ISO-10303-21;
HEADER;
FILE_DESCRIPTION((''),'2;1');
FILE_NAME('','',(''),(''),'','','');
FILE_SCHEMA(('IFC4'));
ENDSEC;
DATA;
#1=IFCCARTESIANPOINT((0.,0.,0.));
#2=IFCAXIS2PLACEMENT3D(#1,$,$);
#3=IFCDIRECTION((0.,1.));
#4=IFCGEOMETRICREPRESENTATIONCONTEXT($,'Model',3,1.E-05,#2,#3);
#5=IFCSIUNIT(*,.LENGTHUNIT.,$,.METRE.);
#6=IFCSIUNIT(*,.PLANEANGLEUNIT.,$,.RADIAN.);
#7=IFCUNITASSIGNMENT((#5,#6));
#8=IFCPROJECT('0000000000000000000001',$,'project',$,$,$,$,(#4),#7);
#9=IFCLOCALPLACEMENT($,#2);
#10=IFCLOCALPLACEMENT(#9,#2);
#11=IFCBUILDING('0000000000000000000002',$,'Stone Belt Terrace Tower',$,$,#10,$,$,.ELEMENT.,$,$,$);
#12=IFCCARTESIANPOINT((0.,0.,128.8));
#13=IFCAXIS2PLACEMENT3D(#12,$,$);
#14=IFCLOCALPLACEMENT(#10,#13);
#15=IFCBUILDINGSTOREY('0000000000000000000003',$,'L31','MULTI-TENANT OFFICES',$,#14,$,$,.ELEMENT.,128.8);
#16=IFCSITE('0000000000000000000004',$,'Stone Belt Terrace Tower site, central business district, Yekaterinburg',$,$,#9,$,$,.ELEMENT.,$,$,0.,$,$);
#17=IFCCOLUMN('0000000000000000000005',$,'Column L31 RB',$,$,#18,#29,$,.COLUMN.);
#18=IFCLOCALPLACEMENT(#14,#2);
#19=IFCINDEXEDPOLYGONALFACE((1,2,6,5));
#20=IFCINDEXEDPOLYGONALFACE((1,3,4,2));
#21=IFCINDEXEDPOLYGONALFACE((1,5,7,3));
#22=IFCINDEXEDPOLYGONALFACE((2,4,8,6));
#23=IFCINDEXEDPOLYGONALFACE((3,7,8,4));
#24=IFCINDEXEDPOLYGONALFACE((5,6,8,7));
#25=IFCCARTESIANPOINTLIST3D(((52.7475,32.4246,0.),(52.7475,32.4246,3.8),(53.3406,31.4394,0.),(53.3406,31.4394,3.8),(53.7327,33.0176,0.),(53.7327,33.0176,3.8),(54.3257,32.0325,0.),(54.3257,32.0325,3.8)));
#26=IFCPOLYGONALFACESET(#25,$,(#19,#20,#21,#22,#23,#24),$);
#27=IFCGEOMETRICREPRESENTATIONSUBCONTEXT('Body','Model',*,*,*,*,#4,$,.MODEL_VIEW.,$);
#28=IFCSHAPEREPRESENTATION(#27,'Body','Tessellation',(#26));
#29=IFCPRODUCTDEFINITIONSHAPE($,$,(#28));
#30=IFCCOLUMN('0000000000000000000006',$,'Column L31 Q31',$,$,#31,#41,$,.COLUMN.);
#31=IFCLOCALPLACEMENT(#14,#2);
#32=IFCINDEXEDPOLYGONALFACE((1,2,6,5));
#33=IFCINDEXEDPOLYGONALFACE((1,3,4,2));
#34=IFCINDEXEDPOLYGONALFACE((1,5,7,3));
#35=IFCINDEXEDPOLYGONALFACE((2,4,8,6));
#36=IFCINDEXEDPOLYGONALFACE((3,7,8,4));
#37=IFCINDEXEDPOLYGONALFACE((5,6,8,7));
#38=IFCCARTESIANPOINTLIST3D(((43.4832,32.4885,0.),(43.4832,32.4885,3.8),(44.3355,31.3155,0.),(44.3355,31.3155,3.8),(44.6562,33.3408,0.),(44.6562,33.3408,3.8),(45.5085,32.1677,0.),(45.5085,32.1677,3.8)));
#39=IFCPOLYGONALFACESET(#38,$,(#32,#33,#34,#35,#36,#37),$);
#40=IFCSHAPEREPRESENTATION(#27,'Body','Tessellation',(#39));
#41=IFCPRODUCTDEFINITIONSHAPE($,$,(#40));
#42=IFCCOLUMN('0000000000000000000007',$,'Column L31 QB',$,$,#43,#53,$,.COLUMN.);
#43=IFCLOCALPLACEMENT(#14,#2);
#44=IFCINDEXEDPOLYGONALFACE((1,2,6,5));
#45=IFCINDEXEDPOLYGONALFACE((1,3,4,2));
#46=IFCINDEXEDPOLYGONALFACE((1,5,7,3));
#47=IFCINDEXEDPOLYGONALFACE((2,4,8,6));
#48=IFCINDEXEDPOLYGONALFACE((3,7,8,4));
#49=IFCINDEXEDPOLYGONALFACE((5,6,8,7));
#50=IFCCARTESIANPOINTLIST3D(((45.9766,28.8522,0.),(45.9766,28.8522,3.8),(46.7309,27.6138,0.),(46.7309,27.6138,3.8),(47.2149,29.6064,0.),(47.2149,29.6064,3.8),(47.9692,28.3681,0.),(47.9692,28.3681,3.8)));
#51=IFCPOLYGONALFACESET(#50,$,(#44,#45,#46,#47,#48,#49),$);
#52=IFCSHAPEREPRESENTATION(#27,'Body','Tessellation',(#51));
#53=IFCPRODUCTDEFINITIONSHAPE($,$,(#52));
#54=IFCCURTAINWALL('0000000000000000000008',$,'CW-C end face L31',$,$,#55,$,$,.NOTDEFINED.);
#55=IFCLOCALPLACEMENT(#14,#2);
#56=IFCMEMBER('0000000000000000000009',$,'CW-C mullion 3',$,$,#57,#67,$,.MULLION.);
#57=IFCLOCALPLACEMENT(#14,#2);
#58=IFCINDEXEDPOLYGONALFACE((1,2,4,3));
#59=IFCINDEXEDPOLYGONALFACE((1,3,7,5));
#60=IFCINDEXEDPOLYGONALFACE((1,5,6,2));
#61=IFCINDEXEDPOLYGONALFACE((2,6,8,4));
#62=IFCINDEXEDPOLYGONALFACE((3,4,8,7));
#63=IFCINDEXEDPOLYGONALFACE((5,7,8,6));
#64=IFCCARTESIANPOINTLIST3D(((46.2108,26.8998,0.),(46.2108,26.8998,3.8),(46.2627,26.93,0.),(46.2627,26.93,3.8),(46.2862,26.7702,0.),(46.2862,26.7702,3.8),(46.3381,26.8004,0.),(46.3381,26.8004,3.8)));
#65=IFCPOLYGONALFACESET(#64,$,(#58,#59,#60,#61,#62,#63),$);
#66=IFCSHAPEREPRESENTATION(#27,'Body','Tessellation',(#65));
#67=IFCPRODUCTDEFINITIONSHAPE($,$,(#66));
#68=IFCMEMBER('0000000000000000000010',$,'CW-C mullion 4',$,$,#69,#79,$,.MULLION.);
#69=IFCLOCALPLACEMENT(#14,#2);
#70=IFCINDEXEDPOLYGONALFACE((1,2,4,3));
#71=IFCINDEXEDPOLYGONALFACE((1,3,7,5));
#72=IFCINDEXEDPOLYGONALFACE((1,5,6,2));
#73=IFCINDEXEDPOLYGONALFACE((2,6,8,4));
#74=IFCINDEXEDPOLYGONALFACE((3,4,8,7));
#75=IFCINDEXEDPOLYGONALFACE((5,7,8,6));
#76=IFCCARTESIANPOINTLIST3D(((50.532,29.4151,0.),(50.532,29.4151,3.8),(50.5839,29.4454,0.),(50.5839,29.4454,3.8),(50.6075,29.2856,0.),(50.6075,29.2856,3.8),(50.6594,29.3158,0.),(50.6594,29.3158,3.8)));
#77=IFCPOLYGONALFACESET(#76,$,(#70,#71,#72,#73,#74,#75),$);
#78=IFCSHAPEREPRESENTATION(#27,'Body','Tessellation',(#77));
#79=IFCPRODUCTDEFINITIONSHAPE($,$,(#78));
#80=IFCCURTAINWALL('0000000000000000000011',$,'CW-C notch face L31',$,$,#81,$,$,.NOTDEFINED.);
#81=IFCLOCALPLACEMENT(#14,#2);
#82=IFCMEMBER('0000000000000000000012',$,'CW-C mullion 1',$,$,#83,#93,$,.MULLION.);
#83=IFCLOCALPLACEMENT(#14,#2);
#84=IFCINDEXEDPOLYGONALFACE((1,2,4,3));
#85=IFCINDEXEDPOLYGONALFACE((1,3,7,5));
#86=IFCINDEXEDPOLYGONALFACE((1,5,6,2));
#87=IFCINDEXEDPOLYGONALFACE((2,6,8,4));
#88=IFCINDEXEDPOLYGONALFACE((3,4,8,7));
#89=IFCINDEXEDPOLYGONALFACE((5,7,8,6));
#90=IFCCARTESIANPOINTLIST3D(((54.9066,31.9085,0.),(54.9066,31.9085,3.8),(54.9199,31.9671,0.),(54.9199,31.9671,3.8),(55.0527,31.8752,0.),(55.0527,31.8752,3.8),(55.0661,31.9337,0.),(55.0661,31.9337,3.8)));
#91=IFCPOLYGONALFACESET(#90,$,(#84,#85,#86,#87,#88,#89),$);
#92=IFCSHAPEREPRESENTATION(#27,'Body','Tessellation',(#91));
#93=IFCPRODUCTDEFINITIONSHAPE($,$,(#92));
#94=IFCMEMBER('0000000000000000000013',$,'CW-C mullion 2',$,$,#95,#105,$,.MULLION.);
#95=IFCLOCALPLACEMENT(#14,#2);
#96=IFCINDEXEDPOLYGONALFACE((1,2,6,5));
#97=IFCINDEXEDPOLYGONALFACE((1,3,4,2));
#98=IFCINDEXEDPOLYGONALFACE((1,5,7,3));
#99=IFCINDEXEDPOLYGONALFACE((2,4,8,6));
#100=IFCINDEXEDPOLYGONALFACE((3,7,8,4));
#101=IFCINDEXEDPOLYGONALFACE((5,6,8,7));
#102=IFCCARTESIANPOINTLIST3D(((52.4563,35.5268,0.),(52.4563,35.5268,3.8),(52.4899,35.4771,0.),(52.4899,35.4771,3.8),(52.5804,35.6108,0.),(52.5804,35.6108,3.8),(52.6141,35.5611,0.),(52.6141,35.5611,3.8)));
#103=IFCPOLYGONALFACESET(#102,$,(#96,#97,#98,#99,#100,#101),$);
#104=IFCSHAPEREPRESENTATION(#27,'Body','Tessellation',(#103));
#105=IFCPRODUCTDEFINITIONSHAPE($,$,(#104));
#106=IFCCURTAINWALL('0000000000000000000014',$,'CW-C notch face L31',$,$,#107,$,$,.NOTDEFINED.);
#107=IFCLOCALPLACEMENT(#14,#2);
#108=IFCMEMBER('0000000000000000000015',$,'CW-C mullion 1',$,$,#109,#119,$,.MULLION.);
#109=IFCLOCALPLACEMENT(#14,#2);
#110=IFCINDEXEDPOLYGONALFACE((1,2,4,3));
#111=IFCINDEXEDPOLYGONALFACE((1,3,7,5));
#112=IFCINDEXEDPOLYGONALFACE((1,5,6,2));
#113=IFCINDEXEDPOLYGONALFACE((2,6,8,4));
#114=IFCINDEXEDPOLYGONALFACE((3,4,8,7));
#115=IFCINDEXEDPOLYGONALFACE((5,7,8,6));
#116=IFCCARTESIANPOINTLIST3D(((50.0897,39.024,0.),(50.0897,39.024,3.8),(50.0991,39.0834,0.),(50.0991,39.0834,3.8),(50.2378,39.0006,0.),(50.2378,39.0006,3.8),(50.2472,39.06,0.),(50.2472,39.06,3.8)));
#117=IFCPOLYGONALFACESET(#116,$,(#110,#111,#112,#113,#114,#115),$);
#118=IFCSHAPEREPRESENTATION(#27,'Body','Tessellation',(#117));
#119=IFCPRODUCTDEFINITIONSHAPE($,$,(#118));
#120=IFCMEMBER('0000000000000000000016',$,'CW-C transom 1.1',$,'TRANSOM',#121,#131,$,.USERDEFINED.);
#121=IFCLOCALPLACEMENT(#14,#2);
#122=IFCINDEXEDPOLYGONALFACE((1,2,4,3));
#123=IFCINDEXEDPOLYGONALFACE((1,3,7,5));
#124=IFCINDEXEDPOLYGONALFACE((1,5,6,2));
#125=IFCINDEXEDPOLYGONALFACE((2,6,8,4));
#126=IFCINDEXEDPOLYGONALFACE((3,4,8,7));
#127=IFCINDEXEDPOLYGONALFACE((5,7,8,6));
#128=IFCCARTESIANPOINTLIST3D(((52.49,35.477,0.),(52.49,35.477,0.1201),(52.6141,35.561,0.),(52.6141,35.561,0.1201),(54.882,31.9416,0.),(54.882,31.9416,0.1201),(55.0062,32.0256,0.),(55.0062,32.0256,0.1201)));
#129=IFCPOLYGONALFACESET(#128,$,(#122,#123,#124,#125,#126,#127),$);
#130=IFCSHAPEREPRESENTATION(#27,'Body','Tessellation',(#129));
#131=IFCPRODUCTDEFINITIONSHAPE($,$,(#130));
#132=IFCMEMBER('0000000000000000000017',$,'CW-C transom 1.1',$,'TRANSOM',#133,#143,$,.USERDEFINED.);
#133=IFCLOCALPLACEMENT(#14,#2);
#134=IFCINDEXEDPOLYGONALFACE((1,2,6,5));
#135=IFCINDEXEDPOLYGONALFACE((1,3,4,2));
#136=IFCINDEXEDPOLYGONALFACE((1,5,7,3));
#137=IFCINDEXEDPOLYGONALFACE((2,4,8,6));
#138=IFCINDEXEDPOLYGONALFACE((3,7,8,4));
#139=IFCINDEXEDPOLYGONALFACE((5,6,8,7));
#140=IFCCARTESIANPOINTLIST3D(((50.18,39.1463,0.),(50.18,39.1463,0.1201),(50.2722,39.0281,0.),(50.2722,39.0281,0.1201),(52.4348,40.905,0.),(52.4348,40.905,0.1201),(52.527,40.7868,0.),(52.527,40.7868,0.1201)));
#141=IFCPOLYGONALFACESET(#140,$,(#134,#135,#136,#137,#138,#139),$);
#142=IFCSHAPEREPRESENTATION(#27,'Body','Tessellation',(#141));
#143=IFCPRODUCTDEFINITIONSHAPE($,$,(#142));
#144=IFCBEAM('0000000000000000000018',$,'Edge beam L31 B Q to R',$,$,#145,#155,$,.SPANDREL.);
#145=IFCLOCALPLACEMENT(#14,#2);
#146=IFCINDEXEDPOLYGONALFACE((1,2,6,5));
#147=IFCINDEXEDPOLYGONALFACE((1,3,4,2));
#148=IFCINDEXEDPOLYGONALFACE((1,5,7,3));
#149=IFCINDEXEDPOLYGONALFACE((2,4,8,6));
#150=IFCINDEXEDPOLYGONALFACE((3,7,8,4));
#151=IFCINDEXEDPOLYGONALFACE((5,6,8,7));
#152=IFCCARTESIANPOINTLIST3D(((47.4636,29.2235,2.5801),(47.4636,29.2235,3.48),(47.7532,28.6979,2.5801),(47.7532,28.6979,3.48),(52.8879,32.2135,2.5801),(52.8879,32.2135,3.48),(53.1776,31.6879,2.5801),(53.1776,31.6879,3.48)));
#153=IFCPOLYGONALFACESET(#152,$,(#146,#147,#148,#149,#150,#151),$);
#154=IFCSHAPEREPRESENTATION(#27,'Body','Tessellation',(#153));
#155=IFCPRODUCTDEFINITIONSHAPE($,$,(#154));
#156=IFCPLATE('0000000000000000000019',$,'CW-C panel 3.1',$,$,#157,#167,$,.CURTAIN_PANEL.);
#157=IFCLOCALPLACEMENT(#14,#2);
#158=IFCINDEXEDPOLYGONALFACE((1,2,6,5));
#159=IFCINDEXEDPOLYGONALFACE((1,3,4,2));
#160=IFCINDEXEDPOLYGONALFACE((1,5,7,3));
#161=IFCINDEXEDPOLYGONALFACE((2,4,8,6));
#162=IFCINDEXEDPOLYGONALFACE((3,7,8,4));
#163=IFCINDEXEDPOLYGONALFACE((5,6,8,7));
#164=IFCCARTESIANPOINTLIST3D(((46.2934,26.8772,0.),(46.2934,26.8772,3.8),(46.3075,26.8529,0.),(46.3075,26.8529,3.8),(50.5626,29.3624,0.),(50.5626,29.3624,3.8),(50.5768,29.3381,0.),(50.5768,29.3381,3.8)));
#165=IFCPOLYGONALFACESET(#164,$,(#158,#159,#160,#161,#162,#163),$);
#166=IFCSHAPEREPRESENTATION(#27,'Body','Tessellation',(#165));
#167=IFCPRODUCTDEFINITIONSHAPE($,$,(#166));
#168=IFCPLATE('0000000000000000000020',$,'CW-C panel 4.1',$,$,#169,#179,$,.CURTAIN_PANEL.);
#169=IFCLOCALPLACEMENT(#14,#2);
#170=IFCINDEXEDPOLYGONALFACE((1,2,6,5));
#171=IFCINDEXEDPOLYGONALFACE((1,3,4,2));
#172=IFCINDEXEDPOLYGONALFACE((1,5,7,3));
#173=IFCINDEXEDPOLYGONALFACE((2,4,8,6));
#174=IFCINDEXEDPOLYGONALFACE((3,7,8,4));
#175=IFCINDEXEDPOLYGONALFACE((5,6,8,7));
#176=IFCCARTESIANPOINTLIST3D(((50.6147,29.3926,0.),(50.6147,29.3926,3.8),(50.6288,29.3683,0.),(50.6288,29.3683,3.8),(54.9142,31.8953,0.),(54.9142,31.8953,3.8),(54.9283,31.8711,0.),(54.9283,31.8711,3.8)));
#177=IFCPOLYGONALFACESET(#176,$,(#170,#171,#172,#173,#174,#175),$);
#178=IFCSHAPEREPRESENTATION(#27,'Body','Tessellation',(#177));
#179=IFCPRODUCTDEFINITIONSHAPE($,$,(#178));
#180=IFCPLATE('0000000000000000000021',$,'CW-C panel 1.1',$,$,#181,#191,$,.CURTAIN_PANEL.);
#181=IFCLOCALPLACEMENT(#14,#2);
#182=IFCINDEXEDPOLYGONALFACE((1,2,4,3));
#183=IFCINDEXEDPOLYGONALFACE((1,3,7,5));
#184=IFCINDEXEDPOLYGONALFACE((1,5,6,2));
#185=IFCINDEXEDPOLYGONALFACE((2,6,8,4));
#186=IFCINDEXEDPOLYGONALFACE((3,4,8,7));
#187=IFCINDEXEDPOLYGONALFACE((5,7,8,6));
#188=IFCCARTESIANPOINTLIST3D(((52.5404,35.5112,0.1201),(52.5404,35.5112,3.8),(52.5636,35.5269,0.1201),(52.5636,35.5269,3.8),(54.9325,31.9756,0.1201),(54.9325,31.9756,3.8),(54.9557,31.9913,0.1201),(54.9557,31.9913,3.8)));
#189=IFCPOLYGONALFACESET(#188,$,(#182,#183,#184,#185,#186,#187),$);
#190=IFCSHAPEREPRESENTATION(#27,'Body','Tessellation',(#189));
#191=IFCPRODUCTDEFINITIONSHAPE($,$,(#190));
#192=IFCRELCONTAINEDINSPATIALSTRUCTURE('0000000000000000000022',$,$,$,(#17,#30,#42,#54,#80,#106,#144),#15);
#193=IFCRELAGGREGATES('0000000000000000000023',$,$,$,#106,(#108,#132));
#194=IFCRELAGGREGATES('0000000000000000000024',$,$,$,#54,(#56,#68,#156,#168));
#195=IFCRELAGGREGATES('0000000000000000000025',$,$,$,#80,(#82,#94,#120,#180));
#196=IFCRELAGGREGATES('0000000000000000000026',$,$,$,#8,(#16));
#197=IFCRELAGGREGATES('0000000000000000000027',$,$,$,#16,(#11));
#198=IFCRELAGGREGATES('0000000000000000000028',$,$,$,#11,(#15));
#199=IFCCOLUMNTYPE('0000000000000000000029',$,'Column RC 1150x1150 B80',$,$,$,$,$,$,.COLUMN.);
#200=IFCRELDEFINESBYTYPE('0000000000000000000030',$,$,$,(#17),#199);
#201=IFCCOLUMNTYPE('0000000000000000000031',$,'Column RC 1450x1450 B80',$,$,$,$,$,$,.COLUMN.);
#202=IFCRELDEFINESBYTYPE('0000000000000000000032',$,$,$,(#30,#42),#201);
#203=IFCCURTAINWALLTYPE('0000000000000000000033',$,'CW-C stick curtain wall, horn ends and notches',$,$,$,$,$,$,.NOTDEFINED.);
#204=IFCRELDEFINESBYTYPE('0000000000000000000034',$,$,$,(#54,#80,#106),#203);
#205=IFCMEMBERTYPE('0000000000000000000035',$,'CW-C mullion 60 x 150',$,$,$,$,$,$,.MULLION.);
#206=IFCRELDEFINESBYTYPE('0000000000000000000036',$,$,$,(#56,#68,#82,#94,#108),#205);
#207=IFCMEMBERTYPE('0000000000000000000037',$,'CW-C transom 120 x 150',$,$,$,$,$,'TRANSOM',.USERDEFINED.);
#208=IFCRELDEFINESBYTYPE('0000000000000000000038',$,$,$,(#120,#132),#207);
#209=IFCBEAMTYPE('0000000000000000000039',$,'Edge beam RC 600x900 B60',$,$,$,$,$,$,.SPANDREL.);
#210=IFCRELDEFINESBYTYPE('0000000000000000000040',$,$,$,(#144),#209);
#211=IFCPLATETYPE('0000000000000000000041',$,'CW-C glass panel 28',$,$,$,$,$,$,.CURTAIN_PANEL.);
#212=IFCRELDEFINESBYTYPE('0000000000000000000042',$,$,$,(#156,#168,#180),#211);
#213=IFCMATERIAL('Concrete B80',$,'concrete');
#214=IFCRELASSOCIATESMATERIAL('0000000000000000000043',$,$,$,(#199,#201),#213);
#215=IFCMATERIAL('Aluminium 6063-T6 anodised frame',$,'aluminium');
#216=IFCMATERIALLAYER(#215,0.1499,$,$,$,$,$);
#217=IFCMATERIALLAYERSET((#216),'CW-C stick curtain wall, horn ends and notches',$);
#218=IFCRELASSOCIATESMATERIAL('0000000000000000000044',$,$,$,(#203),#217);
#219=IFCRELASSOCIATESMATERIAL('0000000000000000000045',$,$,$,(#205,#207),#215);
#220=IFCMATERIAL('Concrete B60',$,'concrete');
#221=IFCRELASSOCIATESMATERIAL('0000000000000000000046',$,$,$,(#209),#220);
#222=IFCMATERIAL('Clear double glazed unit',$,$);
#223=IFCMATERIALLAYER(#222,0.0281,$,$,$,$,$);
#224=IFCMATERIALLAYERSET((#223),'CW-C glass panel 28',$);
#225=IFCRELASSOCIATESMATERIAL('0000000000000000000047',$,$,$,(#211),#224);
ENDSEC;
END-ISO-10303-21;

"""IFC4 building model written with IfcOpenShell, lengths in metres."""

from ifc_helpers import new_model, si_unit, direction, frame, origin, origin_2d, place, context, subcontext, project, spatial, rectangle, extrude, material, layer, layer_set, material_profile, profile_set, type_object, element, aggregate, save


model = new_model("IFC4")

# Units and contexts
model_context = context("Model", 3, precision=1e-05, world=origin(), true_north=direction((0.0, 1.0)))
body_context = subcontext(model_context, "Body", "Model", "MODEL_VIEW")
ifc_project = project(units=[si_unit("LENGTHUNIT", "METRE"), si_unit("PLANEANGLEUNIT", "RADIAN")], contexts=[model_context])

# Site, building, storey
site_placement = place(None, origin())
site = spatial("IfcSite", under=ifc_project, at=site_placement, Name="Stone Belt Terrace Tower site, central business district, Yekaterinburg", CompositionType="ELEMENT", RefElevation=0.0)
building_placement = place(site_placement, origin())
building = spatial("IfcBuilding", under=site, at=building_placement, Name="Stone Belt Terrace Tower", CompositionType="ELEMENT")
storey_placement = place(building_placement, frame((0.0, 0.0, 128.8)))
storey = spatial("IfcBuildingStorey", under=building, at=storey_placement, Name="L31", Description="MULTI-TENANT OFFICES", CompositionType="ELEMENT", Elevation=128.8)

# Columns
ifc_material_1 = material(Name="Concrete B80", Category="concrete")
ifc_material_profile_1 = material_profile(ifc_material_1, rectangle(XDim=1.1499, YDim=1.1499, at=origin_2d()), Name="RC 1150x1150")
ifc_profile_set_1 = profile_set([ifc_material_profile_1], Name="Concrete B80")
column_type_1 = type_object("IfcColumnType", Name="Column RC 1150x1150 B80", PredefinedType="COLUMN", material=ifc_profile_set_1)
column_placement = place(storey_placement, frame((53.5366, 32.2285, 0.0), z_axis=(0.0, 0.0, 1.0), x_axis=(0.51575, -0.856739, 0.0)))
element("IfcColumn", 1, at=column_placement, inside=storey, type_object=column_type_1, Name="Column L31 RB", PredefinedType="COLUMN", context=body_context, shape_type="SweptSolid", body=[
    extrude(rectangle(XDim=1.1499, YDim=1.1499, at=origin_2d()), origin(), (0.0, 0.0, 1.0), 3.8),
])
ifc_material_profile_2 = material_profile(ifc_material_1, rectangle(XDim=1.45, YDim=1.45, at=origin_2d()), Name="RC 1450x1450")
ifc_profile_set_2 = profile_set([ifc_material_profile_2], Name="Concrete B80")
column_type_2 = type_object("IfcColumnType", Name="Column RC 1450x1450 B80", PredefinedType="COLUMN", material=ifc_profile_set_2)
for number, where, z_axis, x_axis, name in (
    (2, (44.4958, 32.3281, 0.0), (0.0, 0.0, 1.0), (0.587785, -0.809017, 0.0), "Column L31 Q31"),
    (3, (46.9729, 28.6101, 0.0), (0.0, 0.0, 1.0), (0.520186, -0.854053, 0.0), "Column L31 QB"),
):
    element("IfcColumn", number, at=place(storey_placement, frame(where, z_axis=z_axis, x_axis=x_axis)), inside=storey, type_object=column_type_2, Name=name, PredefinedType="COLUMN", context=body_context, shape_type="SweptSolid", body=[
        extrude(rectangle(XDim=1.45, YDim=1.45, at=origin_2d()), origin(), (0.0, 0.0, 1.0), 3.8),
    ])

# Curtain walls, members
ifc_material_2 = material(Name="Aluminium 6063-T6 anodised frame", Category="aluminium")
ifc_layer_1 = layer(ifc_material_2, 0.1499)
ifc_layer_set_1 = layer_set([ifc_layer_1], Name="CW-C stick curtain wall, horn ends and notches")
curtain_wall_type = type_object("IfcCurtainWallType", Name="CW-C stick curtain wall, horn ends and notches", PredefinedType="NOTDEFINED", material=ifc_layer_set_1)
curtain_wall_1_placement = place(storey_placement, origin())
curtain_wall_1 = element("IfcCurtainWall", 4, at=curtain_wall_1_placement, inside=storey, type_object=curtain_wall_type, Name="CW-C end face L31", PredefinedType="NOTDEFINED")
ifc_material_profile_3 = material_profile(ifc_material_2, rectangle(XDim=0.1499, YDim=0.0601, at=origin_2d()), Name="Aluminium 6063-T6 60x150")
ifc_profile_set_3 = profile_set([ifc_material_profile_3], Name="Aluminium 6063-T6 anodised frame")
member_type_1 = type_object("IfcMemberType", Name="CW-C mullion 60 x 150", PredefinedType="MULLION", material=ifc_profile_set_3)
member_1_placement = place(storey_placement, frame((46.2744, 26.8501, 0.0), z_axis=(0.0, 0.0, 1.0), x_axis=(-0.503081, 0.864239, 0.0)))
member_1 = element("IfcMember", 5, at=member_1_placement, type_object=member_type_1, Name="CW-C mullion 3", PredefinedType="MULLION", context=body_context, shape_type="SweptSolid", body=[
    extrude(rectangle(XDim=0.1499, YDim=0.0601, at=origin_2d()), origin(), (0.0, 0.0, 1.0), 3.8),
])
member_2_placement = place(storey_placement, frame((50.5957, 29.3655, 0.0), z_axis=(0.0, 0.0, 1.0), x_axis=(-0.503081, 0.864239, 0.0)))
member_2 = element("IfcMember", 6, at=member_2_placement, type_object=member_type_1, Name="CW-C mullion 4", PredefinedType="MULLION", context=body_context, shape_type="SweptSolid", body=[
    extrude(rectangle(XDim=0.1499, YDim=0.0601, at=origin_2d()), origin(), (0.0, 0.0, 1.0), 3.8),
])
curtain_wall_2_placement = place(storey_placement, origin())
curtain_wall_2 = element("IfcCurtainWall", 7, at=curtain_wall_2_placement, inside=storey, type_object=curtain_wall_type, Name="CW-C notch face L31", PredefinedType="NOTDEFINED")
member_3_placement = place(storey_placement, frame((54.9863, 31.9211, 0.0), z_axis=(0.0, 0.0, 1.0), x_axis=(-0.974927, 0.222525, 0.0)))
member_3 = element("IfcMember", 8, at=member_3_placement, type_object=member_type_1, Name="CW-C mullion 1", PredefinedType="MULLION", context=body_context, shape_type="SweptSolid", body=[
    extrude(rectangle(XDim=0.1499, YDim=0.0601, at=origin_2d()), origin(), (0.0, 0.0, 1.0), 3.8),
])
member_4_placement = place(storey_placement, frame((52.5352, 35.5439, 0.0), z_axis=(0.0, 0.0, 1.0), x_axis=(-0.828244, -0.560367, 0.0)))
member_4 = element("IfcMember", 9, at=member_4_placement, type_object=member_type_1, Name="CW-C mullion 2", PredefinedType="MULLION", context=body_context, shape_type="SweptSolid", body=[
    extrude(rectangle(XDim=0.1499, YDim=0.0601, at=origin_2d()), origin(), (0.0, 0.0, 1.0), 3.8),
])

# Curtain wall, member
curtain_wall_3_placement = place(storey_placement, origin())
curtain_wall_3 = element("IfcCurtainWall", 10, at=curtain_wall_3_placement, inside=storey, type_object=curtain_wall_type, Name="CW-C notch face L31", PredefinedType="NOTDEFINED")
member_5_placement = place(storey_placement, frame((50.1685, 39.042, 0.0), z_axis=(0.0, 0.0, 1.0), x_axis=(-0.987742, 0.156094, 0.0)))
member_5 = element("IfcMember", 11, at=member_5_placement, type_object=member_type_1, Name="CW-C mullion 1", PredefinedType="MULLION", context=body_context, shape_type="SweptSolid", body=[
    extrude(rectangle(XDim=0.1499, YDim=0.0601, at=origin_2d()), origin(), (0.0, 0.0, 1.0), 3.8),
])

# Members
ifc_material_profile_4 = material_profile(ifc_material_2, rectangle(XDim=0.1499, YDim=0.1201, at=origin_2d()), Name="Aluminium 6063-T6 150x120")
ifc_profile_set_4 = profile_set([ifc_material_profile_4], Name="Aluminium 6063-T6 anodised frame")
member_type_2 = type_object("IfcMemberType", Name="CW-C transom 120 x 150", ElementType="TRANSOM", PredefinedType="USERDEFINED", material=ifc_profile_set_4)
member_6_placement = place(storey_placement, frame((54.9441, 31.9836, 0.0601), z_axis=(-0.560389, 0.82823, 0.0), x_axis=(-0.82823, -0.560389, 0.0)))
member_6 = element("IfcMember", 12, at=member_6_placement, type_object=member_type_2, Name="CW-C transom 1.1", ObjectType="TRANSOM", PredefinedType="USERDEFINED", context=body_context, shape_type="SweptSolid", body=[
    extrude(rectangle(XDim=0.1499, YDim=0.1201, at=origin_2d()), origin(), (0.0, 0.0, 1.0), 4.2686),
])
member_7_placement = place(storey_placement, frame((50.2261, 39.0872, 0.0601), z_axis=(0.788506, 0.615028, 0.0), x_axis=(-0.615028, 0.788506, 0.0)))
member_7 = element("IfcMember", 13, at=member_7_placement, type_object=member_type_2, Name="CW-C transom 1.1", ObjectType="TRANSOM", PredefinedType="USERDEFINED", context=body_context, shape_type="SweptSolid", body=[
    extrude(rectangle(XDim=0.1499, YDim=0.1201, at=origin_2d()), origin(), (0.0, 0.0, 1.0), 2.8596),
])
aggregate(curtain_wall_3, [member_5, member_7])

# Beam
ifc_material_3 = material(Name="Concrete B60", Category="concrete")
ifc_material_profile_5 = material_profile(ifc_material_3, rectangle(XDim=0.6001, YDim=0.8999, at=origin_2d()), Name="RC 600x900")
ifc_profile_set_5 = profile_set([ifc_material_profile_5], Name="Concrete B60")
beam_type = type_object("IfcBeamType", Name="Edge beam RC 600x900 B60", PredefinedType="SPANDREL", material=ifc_profile_set_5)
beam_placement = place(storey_placement, frame((47.6084, 28.9607, 3.03), z_axis=(0.875764, 0.482739, 0.0), x_axis=(-0.482739, 0.875764, 0.0)))
element("IfcBeam", 14, at=beam_placement, inside=storey, type_object=beam_type, Name="Edge beam L31 B Q to R", PredefinedType="SPANDREL", context=body_context, shape_type="SweptSolid", body=[
    extrude(rectangle(XDim=0.6001, YDim=0.8999, at=origin_2d()), origin(), (0.0, 0.0, 1.0), 6.1938),
])

# Plates
ifc_material_4 = material(Name="Clear double glazed unit")
ifc_layer_2 = layer(ifc_material_4, 0.0281)
ifc_layer_set_2 = layer_set([ifc_layer_2], Name="CW-C glass panel 28")
plate_type = type_object("IfcPlateType", Name="CW-C glass panel 28", PredefinedType="CURTAIN_PANEL", material=ifc_layer_set_2)
plate_1_placement = place(storey_placement, frame((48.4351, 28.1077, 0.0), z_axis=(0.0, 0.0, 1.0), x_axis=(0.864239, 0.503081, 0.0)))
plate_1 = element("IfcPlate", 15, at=plate_1_placement, type_object=plate_type, Name="CW-C panel 3.1", PredefinedType="CURTAIN_PANEL", context=body_context, shape_type="SweptSolid", body=[
    extrude(rectangle(XDim=4.9399, YDim=0.0281, at=origin_2d()), origin(), (0.0, 0.0, 1.0), 3.8),
])
plate_2_placement = place(storey_placement, frame((52.7715, 30.6318, 0.0), z_axis=(0.0, 0.0, 1.0), x_axis=(0.864239, 0.503081, 0.0)))
plate_2 = element("IfcPlate", 16, at=plate_2_placement, type_object=plate_type, Name="CW-C panel 4.1", PredefinedType="CURTAIN_PANEL", context=body_context, shape_type="SweptSolid", body=[
    extrude(rectangle(XDim=4.9749, YDim=0.0281, at=origin_2d()), origin(), (0.0, 0.0, 1.0), 3.8),
])
aggregate(curtain_wall_1, [member_1, member_2, plate_1, plate_2])
plate_3_placement = place(storey_placement, frame((53.748, 33.7512, 0.1201), z_axis=(0.0, 0.0, 1.0), x_axis=(-0.560367, 0.828244, 0.0)))
plate_3 = element("IfcPlate", 17, at=plate_3_placement, type_object=plate_type, Name="CW-C panel 1.1", PredefinedType="CURTAIN_PANEL", context=body_context, shape_type="SweptSolid", body=[
    extrude(rectangle(XDim=4.2688, YDim=0.0281, at=origin_2d()), origin(), (0.0, 0.0, 1.0), 3.6799),
])
aggregate(curtain_wall_2, [member_3, member_4, member_6, plate_3])

save(model, "model.ifc")
